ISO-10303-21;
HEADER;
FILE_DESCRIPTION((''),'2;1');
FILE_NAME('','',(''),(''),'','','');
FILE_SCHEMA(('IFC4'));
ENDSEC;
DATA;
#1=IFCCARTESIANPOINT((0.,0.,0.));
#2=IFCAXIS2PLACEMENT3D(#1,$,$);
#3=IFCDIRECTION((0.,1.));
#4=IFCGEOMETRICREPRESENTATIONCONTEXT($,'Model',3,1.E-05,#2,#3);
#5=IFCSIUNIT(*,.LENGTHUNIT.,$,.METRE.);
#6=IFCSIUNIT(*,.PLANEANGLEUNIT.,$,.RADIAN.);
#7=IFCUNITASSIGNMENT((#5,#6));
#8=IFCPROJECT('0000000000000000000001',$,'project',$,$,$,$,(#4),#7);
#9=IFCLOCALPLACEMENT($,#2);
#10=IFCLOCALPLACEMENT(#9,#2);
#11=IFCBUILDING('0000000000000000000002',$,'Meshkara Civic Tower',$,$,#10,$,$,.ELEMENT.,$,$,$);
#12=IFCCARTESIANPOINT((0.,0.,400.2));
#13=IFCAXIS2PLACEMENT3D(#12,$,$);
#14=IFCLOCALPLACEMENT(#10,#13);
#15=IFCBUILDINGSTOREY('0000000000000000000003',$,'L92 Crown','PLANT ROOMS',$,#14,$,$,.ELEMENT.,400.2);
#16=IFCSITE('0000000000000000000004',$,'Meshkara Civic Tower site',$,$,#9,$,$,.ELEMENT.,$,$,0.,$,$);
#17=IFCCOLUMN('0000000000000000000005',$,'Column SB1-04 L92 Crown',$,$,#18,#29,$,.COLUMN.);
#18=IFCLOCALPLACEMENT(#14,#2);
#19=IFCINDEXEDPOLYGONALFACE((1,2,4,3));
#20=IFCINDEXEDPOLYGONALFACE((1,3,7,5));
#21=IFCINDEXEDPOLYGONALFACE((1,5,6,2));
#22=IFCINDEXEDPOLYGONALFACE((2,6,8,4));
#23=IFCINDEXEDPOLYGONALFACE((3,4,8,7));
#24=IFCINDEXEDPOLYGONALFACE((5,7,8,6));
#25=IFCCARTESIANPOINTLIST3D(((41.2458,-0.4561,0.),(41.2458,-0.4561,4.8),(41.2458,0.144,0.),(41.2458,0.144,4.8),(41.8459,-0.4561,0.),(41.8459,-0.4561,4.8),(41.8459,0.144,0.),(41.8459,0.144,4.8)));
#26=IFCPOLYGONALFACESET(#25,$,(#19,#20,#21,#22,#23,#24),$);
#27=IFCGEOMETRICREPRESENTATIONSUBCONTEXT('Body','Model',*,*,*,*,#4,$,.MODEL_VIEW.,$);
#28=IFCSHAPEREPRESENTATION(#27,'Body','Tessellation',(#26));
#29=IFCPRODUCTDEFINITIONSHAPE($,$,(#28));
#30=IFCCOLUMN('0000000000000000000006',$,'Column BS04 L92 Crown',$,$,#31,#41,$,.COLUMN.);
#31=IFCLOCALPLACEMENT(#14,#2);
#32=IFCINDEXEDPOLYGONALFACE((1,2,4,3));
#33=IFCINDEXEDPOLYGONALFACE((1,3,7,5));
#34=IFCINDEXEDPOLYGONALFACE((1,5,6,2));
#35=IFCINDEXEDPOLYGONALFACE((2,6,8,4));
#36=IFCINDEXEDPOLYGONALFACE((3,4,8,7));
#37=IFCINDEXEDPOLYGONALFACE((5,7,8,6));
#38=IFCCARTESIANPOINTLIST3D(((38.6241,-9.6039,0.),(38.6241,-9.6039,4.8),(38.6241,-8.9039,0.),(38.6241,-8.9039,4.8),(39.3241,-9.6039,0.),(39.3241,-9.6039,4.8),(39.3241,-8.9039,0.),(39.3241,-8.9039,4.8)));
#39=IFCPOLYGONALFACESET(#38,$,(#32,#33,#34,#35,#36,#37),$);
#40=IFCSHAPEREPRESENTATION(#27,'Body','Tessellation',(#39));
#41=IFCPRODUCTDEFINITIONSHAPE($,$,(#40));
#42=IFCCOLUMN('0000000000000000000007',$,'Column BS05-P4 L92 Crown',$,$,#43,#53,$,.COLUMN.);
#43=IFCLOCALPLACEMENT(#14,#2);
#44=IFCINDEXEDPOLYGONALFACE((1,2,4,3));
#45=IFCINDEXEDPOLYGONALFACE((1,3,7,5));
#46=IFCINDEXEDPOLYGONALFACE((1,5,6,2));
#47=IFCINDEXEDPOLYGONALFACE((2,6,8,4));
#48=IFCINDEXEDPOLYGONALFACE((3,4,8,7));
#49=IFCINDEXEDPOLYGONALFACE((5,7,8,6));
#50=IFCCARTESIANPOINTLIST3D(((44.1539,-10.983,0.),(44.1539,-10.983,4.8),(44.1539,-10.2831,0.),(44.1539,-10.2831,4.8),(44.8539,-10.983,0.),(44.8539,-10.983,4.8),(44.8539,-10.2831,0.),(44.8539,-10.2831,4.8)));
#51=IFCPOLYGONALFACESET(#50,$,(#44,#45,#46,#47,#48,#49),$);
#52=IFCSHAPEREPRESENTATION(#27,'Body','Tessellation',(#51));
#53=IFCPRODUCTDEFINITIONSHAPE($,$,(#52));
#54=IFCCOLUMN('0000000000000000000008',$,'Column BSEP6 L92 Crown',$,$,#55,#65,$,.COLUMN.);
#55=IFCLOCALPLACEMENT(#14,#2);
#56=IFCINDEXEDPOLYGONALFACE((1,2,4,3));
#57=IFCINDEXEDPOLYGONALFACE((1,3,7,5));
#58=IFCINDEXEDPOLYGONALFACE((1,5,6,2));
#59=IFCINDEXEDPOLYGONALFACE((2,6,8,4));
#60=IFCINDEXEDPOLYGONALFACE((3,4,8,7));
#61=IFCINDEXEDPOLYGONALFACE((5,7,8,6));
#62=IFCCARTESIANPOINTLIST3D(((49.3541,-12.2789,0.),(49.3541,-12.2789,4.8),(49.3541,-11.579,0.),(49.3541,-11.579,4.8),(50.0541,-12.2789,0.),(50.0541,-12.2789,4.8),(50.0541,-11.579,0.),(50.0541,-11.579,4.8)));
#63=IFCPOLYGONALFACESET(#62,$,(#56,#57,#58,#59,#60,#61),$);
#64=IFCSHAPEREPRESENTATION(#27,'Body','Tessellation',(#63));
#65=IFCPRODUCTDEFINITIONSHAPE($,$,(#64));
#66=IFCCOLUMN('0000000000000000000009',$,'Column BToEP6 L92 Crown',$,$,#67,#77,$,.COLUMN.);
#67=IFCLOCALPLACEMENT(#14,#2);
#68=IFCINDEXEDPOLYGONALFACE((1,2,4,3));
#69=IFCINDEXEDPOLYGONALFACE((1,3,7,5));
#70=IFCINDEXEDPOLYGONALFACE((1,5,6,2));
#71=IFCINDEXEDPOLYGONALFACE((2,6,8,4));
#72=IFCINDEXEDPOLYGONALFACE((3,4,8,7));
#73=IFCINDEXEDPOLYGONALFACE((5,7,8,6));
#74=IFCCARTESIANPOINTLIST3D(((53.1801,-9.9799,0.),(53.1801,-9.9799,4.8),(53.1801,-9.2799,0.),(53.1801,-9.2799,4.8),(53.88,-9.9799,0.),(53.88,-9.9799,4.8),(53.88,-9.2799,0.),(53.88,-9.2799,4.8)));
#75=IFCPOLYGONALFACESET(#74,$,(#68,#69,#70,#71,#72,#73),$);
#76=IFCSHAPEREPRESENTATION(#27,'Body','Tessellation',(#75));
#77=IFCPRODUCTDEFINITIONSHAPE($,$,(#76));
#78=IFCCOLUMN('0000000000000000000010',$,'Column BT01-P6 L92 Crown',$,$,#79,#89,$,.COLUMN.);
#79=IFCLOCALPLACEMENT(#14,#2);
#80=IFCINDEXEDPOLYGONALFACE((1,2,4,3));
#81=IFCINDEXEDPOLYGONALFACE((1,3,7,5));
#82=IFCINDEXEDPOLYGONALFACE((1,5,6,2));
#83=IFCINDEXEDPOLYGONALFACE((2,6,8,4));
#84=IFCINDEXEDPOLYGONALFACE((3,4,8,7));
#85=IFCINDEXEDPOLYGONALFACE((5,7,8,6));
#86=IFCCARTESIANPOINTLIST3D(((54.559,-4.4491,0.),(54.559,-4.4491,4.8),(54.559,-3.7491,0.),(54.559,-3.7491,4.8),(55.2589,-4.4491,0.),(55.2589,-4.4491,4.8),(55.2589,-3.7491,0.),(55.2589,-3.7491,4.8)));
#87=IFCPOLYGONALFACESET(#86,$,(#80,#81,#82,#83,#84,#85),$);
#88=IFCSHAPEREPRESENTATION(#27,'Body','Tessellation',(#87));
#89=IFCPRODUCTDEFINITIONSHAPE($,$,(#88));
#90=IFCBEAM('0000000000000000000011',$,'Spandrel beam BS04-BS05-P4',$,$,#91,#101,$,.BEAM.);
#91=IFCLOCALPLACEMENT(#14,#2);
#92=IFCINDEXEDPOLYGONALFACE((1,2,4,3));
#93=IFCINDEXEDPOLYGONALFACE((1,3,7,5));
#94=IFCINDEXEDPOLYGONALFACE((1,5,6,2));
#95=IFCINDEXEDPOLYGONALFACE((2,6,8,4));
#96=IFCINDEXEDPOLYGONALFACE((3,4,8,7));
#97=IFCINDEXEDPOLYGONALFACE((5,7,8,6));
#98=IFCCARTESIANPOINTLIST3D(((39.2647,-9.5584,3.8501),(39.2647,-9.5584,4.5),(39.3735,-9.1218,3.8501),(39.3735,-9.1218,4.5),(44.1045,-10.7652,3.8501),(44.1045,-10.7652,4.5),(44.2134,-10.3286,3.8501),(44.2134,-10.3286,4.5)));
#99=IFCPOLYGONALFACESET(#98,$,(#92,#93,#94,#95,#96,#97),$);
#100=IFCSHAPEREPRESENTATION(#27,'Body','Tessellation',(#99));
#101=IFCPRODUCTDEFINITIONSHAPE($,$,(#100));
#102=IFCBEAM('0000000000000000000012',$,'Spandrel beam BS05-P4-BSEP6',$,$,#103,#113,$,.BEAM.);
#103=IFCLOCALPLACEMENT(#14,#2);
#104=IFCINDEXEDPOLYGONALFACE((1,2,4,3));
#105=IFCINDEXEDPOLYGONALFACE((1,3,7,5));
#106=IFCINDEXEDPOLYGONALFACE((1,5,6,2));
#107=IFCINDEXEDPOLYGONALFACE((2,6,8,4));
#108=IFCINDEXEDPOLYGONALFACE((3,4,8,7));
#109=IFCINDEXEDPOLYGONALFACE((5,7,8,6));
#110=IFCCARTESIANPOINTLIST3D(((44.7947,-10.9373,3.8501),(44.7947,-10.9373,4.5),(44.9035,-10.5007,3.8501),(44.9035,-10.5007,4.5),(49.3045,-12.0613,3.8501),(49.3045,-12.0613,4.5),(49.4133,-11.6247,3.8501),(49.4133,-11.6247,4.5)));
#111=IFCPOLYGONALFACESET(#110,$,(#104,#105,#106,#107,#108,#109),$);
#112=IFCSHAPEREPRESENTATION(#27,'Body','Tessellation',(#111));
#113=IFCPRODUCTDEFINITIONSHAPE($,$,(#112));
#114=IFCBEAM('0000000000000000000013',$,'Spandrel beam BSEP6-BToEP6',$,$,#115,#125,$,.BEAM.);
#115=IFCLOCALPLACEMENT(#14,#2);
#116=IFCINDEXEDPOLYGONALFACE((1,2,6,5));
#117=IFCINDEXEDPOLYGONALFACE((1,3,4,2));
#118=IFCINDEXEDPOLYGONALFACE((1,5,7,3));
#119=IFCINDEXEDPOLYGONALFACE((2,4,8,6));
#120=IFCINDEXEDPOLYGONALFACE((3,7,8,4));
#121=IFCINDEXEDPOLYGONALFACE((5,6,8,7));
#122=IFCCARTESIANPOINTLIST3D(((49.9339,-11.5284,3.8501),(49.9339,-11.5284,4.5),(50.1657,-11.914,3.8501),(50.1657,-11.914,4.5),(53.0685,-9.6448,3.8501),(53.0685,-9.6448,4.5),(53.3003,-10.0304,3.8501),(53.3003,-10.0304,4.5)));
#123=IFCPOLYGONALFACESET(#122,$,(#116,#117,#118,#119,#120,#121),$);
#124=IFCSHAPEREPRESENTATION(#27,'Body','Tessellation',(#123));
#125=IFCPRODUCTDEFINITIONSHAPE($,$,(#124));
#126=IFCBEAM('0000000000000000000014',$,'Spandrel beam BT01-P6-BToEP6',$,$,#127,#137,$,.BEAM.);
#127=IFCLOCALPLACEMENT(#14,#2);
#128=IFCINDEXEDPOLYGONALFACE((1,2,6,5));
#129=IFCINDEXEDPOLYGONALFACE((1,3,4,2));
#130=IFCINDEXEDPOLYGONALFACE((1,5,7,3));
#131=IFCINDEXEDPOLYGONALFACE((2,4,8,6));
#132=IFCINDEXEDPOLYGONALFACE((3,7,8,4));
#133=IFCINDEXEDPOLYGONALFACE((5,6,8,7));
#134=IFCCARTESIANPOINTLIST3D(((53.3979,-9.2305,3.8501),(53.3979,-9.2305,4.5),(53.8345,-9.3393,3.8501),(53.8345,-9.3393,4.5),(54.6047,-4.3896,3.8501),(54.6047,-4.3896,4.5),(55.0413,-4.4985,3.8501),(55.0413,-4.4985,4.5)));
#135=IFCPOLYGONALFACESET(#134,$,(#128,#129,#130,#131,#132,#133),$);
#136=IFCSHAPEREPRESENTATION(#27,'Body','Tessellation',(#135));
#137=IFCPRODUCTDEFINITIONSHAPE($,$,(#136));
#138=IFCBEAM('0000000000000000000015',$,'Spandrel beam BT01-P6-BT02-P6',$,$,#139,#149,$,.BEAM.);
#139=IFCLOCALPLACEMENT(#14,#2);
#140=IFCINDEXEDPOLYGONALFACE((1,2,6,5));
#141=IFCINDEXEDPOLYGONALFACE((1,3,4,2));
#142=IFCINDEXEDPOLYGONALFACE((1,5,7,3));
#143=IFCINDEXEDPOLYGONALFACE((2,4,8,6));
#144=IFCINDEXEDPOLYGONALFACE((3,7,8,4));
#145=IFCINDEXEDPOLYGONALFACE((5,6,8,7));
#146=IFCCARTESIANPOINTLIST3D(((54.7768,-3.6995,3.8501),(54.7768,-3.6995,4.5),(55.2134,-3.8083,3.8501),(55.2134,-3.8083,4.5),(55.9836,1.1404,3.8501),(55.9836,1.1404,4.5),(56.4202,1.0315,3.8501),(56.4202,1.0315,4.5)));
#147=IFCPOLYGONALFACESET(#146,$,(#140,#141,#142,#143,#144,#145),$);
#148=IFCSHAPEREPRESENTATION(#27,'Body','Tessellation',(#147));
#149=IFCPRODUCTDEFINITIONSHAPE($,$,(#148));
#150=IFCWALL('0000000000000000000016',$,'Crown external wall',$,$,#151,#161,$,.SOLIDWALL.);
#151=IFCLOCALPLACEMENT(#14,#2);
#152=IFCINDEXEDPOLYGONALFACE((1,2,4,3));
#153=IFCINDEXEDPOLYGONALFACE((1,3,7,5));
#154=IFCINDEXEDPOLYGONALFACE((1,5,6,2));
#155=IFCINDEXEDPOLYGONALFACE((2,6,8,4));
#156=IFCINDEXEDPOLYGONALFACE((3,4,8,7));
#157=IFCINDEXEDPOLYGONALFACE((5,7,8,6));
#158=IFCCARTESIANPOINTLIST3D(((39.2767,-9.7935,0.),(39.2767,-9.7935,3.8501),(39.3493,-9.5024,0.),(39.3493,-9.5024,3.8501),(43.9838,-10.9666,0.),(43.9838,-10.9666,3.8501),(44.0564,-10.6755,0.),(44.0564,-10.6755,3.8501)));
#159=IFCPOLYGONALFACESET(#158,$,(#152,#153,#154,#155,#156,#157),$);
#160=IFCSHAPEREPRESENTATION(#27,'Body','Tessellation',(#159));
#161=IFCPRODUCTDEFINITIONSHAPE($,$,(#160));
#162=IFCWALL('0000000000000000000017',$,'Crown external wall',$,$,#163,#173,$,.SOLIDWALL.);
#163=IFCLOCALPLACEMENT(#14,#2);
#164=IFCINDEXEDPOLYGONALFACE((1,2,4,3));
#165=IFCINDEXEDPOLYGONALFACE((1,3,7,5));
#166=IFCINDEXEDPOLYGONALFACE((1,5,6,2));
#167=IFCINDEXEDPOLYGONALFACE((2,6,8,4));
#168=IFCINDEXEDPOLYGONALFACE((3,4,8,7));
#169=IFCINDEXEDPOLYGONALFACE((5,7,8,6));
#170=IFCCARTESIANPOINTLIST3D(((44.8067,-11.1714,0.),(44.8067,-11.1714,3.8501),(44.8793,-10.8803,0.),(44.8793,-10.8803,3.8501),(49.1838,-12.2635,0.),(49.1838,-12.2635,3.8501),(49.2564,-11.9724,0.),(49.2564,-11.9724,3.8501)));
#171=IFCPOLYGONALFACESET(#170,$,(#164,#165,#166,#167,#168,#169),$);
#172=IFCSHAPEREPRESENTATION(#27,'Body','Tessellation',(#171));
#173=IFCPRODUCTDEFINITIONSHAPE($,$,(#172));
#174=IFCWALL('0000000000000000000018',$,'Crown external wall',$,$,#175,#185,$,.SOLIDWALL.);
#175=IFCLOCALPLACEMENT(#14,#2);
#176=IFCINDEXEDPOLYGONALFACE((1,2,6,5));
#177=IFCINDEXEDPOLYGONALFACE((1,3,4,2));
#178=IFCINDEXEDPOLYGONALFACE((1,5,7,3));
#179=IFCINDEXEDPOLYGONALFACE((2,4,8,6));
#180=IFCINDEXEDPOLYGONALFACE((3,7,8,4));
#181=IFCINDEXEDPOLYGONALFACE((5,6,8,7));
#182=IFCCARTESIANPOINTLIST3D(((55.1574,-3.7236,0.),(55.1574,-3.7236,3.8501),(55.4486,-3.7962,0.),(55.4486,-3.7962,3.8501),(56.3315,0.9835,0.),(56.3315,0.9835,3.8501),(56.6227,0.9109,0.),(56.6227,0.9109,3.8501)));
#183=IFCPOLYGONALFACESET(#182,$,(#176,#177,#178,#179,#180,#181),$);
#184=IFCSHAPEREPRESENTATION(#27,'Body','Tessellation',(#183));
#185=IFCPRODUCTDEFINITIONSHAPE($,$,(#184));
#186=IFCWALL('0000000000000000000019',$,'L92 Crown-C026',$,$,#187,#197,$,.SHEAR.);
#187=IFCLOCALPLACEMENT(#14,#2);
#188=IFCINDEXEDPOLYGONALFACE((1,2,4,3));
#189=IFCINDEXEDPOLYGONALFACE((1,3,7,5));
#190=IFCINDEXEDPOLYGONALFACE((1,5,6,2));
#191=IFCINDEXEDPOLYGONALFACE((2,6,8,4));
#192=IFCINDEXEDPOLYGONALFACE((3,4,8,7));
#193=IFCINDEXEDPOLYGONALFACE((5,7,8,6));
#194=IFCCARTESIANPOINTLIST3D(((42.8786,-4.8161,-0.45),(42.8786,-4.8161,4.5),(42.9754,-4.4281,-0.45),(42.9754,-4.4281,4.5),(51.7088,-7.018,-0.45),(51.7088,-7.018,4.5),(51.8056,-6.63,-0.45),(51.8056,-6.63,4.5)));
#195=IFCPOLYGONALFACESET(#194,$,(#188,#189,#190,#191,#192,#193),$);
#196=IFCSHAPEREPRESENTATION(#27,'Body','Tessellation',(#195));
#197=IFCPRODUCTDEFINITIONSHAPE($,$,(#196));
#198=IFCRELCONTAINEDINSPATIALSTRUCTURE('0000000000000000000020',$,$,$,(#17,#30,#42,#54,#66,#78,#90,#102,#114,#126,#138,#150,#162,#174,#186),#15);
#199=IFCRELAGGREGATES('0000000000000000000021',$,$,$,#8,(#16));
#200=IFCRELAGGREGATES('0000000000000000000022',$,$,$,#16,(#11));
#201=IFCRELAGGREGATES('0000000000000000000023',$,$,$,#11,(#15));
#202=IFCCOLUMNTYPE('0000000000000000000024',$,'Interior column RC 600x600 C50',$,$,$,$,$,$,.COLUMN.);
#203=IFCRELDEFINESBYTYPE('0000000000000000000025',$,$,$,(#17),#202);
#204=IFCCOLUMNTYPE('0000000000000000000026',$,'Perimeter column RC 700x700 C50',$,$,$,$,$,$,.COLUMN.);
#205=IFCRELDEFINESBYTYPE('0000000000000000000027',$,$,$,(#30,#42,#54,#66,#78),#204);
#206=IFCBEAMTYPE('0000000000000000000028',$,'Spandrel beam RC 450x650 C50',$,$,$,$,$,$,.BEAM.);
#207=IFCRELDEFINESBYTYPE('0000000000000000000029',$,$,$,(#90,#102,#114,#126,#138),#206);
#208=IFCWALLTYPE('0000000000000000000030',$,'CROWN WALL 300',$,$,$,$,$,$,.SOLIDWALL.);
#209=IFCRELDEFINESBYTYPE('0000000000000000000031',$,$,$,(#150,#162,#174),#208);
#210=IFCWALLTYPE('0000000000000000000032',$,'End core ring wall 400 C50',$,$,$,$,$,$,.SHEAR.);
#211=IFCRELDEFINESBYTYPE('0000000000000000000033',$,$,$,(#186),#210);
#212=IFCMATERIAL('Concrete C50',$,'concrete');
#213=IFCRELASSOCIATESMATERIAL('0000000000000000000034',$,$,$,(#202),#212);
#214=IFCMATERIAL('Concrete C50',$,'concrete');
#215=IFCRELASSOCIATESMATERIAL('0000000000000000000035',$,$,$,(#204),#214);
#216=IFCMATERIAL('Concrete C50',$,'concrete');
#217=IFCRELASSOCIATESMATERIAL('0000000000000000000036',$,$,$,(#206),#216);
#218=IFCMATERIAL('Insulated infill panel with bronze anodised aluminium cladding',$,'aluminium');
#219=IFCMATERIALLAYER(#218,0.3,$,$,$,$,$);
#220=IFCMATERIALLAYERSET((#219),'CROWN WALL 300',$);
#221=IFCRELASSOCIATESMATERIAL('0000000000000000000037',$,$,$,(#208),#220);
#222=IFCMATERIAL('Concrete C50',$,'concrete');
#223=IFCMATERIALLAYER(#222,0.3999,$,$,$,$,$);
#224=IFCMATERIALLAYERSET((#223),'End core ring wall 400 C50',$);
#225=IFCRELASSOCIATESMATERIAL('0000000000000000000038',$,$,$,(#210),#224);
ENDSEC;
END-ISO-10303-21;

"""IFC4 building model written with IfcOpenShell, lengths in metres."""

from ifc_helpers import new_model, si_unit, direction, frame, frame_2d, origin, origin_2d, place, context, subcontext, project, spatial, rectangle, extrude, material, layer, layer_set, material_profile, profile_set, type_object, element, save


model = new_model("IFC4")

# Units and contexts
model_context = context("Model", 3, precision=1e-05, world=origin(), true_north=direction((0.0, 1.0)))
body_context = subcontext(model_context, "Body", "Model", "MODEL_VIEW")
ifc_project = project(units=[si_unit("LENGTHUNIT", "METRE"), si_unit("PLANEANGLEUNIT", "RADIAN")], contexts=[model_context])

# Site, building, storey
site_placement = place(None, origin())
site = spatial("IfcSite", under=ifc_project, at=site_placement, Name="Meshkara Civic Tower site", CompositionType="ELEMENT", RefElevation=0.0)
building_placement = place(site_placement, origin())
building = spatial("IfcBuilding", under=site, at=building_placement, Name="Meshkara Civic Tower", CompositionType="ELEMENT")
storey_placement = place(building_placement, frame((0.0, 0.0, 400.2)))
storey = spatial("IfcBuildingStorey", under=building, at=storey_placement, Name="L92 Crown", Description="PLANT ROOMS", CompositionType="ELEMENT", Elevation=400.2)

# Columns
ifc_material_1 = material(Name="Concrete C50", Category="concrete")
ifc_material_profile_1 = material_profile(ifc_material_1, rectangle(XDim=0.6001, YDim=0.6001, at=origin_2d()))
ifc_profile_set_1 = profile_set([ifc_material_profile_1], Name="Concrete C50")
column_type_1 = type_object("IfcColumnType", Name="Interior column RC 600x600 C50", PredefinedType="COLUMN", material=ifc_profile_set_1)
column_placement = place(storey_placement, frame((41.5459, -0.156, 0.0), z_axis=(0.0, 0.0, 1.0), x_axis=(1.0, 0.0, 0.0)))
element("IfcColumn", 1, at=column_placement, inside=storey, type_object=column_type_1, Name="Column SB1-04 L92 Crown", PredefinedType="COLUMN", context=body_context, shape_type="SweptSolid", body=[
    extrude(rectangle(XDim=0.6001, YDim=0.6001, at=origin_2d()), origin(), (0.0, 0.0, 1.0), 4.8),
])
ifc_material_2 = material(Name="Concrete C50", Category="concrete")
ifc_material_profile_2 = material_profile(ifc_material_2, rectangle(XDim=0.7, YDim=0.7, at=origin_2d()))
ifc_profile_set_2 = profile_set([ifc_material_profile_2], Name="Concrete C50")
column_type_2 = type_object("IfcColumnType", Name="Perimeter column RC 700x700 C50", PredefinedType="COLUMN", material=ifc_profile_set_2)
for number, where, z_axis, x_axis, name in (
    (2, (38.9741, -9.2539, 0.0), (0.0, 0.0, 1.0), (1.0, 0.0, 0.0), "Column BS04 L92 Crown"),
    (3, (44.5039, -10.6331, 0.0), (0.0, 0.0, 1.0), (1.0, 0.0, 0.0), "Column BS05-P4 L92 Crown"),
    (4, (49.7041, -11.929, 0.0), (0.0, 0.0, 1.0), (1.0, 0.0, 0.0), "Column BSEP6 L92 Crown"),
    (5, (53.53, -9.6299, 0.0), (0.0, 0.0, 1.0), (1.0, 0.0, 0.0), "Column BToEP6 L92 Crown"),
    (6, (54.9089, -4.0991, 0.0), (0.0, 0.0, 1.0), (1.0, 0.0, 0.0), "Column BT01-P6 L92 Crown"),
):
    element("IfcColumn", number, at=place(storey_placement, frame(where, z_axis=z_axis, x_axis=x_axis)), inside=storey, type_object=column_type_2, Name=name, PredefinedType="COLUMN", context=body_context, shape_type="SweptSolid", body=[
        extrude(rectangle(XDim=0.7, YDim=0.7, at=origin_2d()), origin(), (0.0, 0.0, 1.0), 4.8),
    ])

# Beams
ifc_material_3 = material(Name="Concrete C50", Category="concrete")
ifc_material_profile_3 = material_profile(ifc_material_3, rectangle(XDim=0.45, YDim=0.6499, at=origin_2d()))
ifc_profile_set_3 = profile_set([ifc_material_profile_3], Name="Concrete C50")
beam_type = type_object("IfcBeamType", Name="Spandrel beam RC 450x650 C50", PredefinedType="BEAM", material=ifc_profile_set_3)
beam_1_placement = place(storey_placement, frame((39.3191, -9.3401, 4.175), z_axis=(0.970292, -0.241937, 0.0), x_axis=(0.241937, 0.970292, 0.0)))
element("IfcBeam", 7, at=beam_1_placement, inside=storey, type_object=beam_type, Name="Spandrel beam BS04-BS05-P4", PredefinedType="BEAM", context=body_context, shape_type="SweptSolid", body=[
    extrude(rectangle(XDim=0.45, YDim=0.6499, at=origin_2d()), origin(), (0.0, 0.0, 1.0), 4.988),
])
beam_2_placement = place(storey_placement, frame((44.8491, -10.719, 4.175), z_axis=(0.970315, -0.241843, 0.0), x_axis=(0.241843, 0.970315, 0.0)))
element("IfcBeam", 8, at=beam_2_placement, inside=storey, type_object=beam_type, Name="Spandrel beam BS05-P4-BSEP6", PredefinedType="BEAM", context=body_context, shape_type="SweptSolid", body=[
    extrude(rectangle(XDim=0.45, YDim=0.6499, at=origin_2d()), origin(), (0.0, 0.0, 1.0), 4.6477),
])
beam_3_placement = place(storey_placement, frame((50.0498, -11.7212, 4.175), z_axis=(0.857151, 0.515065, 0.0), x_axis=(-0.515065, 0.857151, 0.0)))
element("IfcBeam", 9, at=beam_3_placement, inside=storey, type_object=beam_type, Name="Spandrel beam BSEP6-BToEP6", PredefinedType="BEAM", context=body_context, shape_type="SweptSolid", body=[
    extrude(rectangle(XDim=0.45, YDim=0.6499, at=origin_2d()), origin(), (0.0, 0.0, 1.0), 3.657),
])
beam_4_placement = place(storey_placement, frame((53.6162, -9.2849, 4.175), z_axis=(0.241891, 0.970303, 0.0), x_axis=(-0.970303, 0.241891, 0.0)))
element("IfcBeam", 10, at=beam_4_placement, inside=storey, type_object=beam_type, Name="Spandrel beam BT01-P6-BToEP6", PredefinedType="BEAM", context=body_context, shape_type="SweptSolid", body=[
    extrude(rectangle(XDim=0.45, YDim=0.6499, at=origin_2d()), origin(), (0.0, 0.0, 1.0), 4.989),
])
beam_5_placement = place(storey_placement, frame((54.9951, -3.7539, 4.175), z_axis=(0.241937, 0.970292, 0.0), x_axis=(-0.970292, 0.241937, 0.0)))
element("IfcBeam", 11, at=beam_5_placement, inside=storey, type_object=beam_type, Name="Spandrel beam BT01-P6-BT02-P6", PredefinedType="BEAM", context=body_context, shape_type="SweptSolid", body=[
    extrude(rectangle(XDim=0.45, YDim=0.6499, at=origin_2d()), origin(), (0.0, 0.0, 1.0), 4.988),
])

# Walls
ifc_material_4 = material(Name="Insulated infill panel with bronze anodised aluminium cladding", Category="aluminium")
ifc_layer_1 = layer(ifc_material_4, 0.3)
ifc_layer_set_1 = layer_set([ifc_layer_1], Name="CROWN WALL 300")
wall_type_1 = type_object("IfcWallType", Name="CROWN WALL 300", PredefinedType="SOLIDWALL", material=ifc_layer_set_1)
wall_1_placement = place(storey_placement, frame((39.313, -9.6479, 0.0), z_axis=(0.0, 0.0, 1.0), x_axis=(0.97032, -0.241825, 0.0)))
element("IfcWall", 12, at=wall_1_placement, inside=storey, type_object=wall_type_1, Name="Crown external wall", PredefinedType="SOLIDWALL", context=body_context, shape_type="SweptSolid", body=[
    extrude(rectangle(XDim=4.8511, YDim=0.3, at=frame_2d((2.4255, 0.0))), origin(), (0.0, 0.0, 1.0), 3.8501),
])
wall_2_placement = place(storey_placement, frame((44.843, -11.0259, 0.0), z_axis=(0.0, 0.0, 1.0), x_axis=(0.970257, -0.242077, 0.0)))
element("IfcWall", 13, at=wall_2_placement, inside=storey, type_object=wall_type_1, Name="Crown external wall", PredefinedType="SOLIDWALL", context=body_context, shape_type="SweptSolid", body=[
    extrude(rectangle(XDim=4.5112, YDim=0.3, at=frame_2d((2.2556, 0.0))), origin(), (0.0, 0.0, 1.0), 3.8501),
])

# Walls
wall_3_placement = place(storey_placement, frame((55.303, -3.76, 0.0), z_axis=(0.0, 0.0, 1.0), x_axis=(0.242015, 0.970273, 0.0)))
element("IfcWall", 14, at=wall_3_placement, inside=storey, type_object=wall_type_1, Name="Crown external wall", PredefinedType="SOLIDWALL", context=body_context, shape_type="SweptSolid", body=[
    extrude(rectangle(XDim=4.8513, YDim=0.3, at=frame_2d((2.4258, 0.0))), origin(), (0.0, 0.0, 1.0), 3.8501),
])
ifc_material_5 = material(Name="Concrete C50", Category="concrete")
ifc_layer_2 = layer(ifc_material_5, 0.3999)
ifc_layer_set_2 = layer_set([ifc_layer_2], Name="End core ring wall 400 C50")
wall_type_2 = type_object("IfcWallType", Name="End core ring wall 400 C50", PredefinedType="SHEAR", material=ifc_layer_set_2)
wall_4_placement = place(storey_placement, frame((42.927, -4.6221, -0.45), z_axis=(0.0, 0.0, 1.0), x_axis=(0.970288, -0.241955, 0.0)))
element("IfcWall", 15, at=wall_4_placement, inside=storey, type_object=wall_type_2, Name="L92 Crown-C026", PredefinedType="SHEAR", context=body_context, shape_type="SweptSolid", body=[
    extrude(rectangle(XDim=9.1006, YDim=0.3999, at=frame_2d((4.5503, 0.0))), origin(), (0.0, 0.0, 1.0), 4.95),
])

save(model, "model.ifc")
